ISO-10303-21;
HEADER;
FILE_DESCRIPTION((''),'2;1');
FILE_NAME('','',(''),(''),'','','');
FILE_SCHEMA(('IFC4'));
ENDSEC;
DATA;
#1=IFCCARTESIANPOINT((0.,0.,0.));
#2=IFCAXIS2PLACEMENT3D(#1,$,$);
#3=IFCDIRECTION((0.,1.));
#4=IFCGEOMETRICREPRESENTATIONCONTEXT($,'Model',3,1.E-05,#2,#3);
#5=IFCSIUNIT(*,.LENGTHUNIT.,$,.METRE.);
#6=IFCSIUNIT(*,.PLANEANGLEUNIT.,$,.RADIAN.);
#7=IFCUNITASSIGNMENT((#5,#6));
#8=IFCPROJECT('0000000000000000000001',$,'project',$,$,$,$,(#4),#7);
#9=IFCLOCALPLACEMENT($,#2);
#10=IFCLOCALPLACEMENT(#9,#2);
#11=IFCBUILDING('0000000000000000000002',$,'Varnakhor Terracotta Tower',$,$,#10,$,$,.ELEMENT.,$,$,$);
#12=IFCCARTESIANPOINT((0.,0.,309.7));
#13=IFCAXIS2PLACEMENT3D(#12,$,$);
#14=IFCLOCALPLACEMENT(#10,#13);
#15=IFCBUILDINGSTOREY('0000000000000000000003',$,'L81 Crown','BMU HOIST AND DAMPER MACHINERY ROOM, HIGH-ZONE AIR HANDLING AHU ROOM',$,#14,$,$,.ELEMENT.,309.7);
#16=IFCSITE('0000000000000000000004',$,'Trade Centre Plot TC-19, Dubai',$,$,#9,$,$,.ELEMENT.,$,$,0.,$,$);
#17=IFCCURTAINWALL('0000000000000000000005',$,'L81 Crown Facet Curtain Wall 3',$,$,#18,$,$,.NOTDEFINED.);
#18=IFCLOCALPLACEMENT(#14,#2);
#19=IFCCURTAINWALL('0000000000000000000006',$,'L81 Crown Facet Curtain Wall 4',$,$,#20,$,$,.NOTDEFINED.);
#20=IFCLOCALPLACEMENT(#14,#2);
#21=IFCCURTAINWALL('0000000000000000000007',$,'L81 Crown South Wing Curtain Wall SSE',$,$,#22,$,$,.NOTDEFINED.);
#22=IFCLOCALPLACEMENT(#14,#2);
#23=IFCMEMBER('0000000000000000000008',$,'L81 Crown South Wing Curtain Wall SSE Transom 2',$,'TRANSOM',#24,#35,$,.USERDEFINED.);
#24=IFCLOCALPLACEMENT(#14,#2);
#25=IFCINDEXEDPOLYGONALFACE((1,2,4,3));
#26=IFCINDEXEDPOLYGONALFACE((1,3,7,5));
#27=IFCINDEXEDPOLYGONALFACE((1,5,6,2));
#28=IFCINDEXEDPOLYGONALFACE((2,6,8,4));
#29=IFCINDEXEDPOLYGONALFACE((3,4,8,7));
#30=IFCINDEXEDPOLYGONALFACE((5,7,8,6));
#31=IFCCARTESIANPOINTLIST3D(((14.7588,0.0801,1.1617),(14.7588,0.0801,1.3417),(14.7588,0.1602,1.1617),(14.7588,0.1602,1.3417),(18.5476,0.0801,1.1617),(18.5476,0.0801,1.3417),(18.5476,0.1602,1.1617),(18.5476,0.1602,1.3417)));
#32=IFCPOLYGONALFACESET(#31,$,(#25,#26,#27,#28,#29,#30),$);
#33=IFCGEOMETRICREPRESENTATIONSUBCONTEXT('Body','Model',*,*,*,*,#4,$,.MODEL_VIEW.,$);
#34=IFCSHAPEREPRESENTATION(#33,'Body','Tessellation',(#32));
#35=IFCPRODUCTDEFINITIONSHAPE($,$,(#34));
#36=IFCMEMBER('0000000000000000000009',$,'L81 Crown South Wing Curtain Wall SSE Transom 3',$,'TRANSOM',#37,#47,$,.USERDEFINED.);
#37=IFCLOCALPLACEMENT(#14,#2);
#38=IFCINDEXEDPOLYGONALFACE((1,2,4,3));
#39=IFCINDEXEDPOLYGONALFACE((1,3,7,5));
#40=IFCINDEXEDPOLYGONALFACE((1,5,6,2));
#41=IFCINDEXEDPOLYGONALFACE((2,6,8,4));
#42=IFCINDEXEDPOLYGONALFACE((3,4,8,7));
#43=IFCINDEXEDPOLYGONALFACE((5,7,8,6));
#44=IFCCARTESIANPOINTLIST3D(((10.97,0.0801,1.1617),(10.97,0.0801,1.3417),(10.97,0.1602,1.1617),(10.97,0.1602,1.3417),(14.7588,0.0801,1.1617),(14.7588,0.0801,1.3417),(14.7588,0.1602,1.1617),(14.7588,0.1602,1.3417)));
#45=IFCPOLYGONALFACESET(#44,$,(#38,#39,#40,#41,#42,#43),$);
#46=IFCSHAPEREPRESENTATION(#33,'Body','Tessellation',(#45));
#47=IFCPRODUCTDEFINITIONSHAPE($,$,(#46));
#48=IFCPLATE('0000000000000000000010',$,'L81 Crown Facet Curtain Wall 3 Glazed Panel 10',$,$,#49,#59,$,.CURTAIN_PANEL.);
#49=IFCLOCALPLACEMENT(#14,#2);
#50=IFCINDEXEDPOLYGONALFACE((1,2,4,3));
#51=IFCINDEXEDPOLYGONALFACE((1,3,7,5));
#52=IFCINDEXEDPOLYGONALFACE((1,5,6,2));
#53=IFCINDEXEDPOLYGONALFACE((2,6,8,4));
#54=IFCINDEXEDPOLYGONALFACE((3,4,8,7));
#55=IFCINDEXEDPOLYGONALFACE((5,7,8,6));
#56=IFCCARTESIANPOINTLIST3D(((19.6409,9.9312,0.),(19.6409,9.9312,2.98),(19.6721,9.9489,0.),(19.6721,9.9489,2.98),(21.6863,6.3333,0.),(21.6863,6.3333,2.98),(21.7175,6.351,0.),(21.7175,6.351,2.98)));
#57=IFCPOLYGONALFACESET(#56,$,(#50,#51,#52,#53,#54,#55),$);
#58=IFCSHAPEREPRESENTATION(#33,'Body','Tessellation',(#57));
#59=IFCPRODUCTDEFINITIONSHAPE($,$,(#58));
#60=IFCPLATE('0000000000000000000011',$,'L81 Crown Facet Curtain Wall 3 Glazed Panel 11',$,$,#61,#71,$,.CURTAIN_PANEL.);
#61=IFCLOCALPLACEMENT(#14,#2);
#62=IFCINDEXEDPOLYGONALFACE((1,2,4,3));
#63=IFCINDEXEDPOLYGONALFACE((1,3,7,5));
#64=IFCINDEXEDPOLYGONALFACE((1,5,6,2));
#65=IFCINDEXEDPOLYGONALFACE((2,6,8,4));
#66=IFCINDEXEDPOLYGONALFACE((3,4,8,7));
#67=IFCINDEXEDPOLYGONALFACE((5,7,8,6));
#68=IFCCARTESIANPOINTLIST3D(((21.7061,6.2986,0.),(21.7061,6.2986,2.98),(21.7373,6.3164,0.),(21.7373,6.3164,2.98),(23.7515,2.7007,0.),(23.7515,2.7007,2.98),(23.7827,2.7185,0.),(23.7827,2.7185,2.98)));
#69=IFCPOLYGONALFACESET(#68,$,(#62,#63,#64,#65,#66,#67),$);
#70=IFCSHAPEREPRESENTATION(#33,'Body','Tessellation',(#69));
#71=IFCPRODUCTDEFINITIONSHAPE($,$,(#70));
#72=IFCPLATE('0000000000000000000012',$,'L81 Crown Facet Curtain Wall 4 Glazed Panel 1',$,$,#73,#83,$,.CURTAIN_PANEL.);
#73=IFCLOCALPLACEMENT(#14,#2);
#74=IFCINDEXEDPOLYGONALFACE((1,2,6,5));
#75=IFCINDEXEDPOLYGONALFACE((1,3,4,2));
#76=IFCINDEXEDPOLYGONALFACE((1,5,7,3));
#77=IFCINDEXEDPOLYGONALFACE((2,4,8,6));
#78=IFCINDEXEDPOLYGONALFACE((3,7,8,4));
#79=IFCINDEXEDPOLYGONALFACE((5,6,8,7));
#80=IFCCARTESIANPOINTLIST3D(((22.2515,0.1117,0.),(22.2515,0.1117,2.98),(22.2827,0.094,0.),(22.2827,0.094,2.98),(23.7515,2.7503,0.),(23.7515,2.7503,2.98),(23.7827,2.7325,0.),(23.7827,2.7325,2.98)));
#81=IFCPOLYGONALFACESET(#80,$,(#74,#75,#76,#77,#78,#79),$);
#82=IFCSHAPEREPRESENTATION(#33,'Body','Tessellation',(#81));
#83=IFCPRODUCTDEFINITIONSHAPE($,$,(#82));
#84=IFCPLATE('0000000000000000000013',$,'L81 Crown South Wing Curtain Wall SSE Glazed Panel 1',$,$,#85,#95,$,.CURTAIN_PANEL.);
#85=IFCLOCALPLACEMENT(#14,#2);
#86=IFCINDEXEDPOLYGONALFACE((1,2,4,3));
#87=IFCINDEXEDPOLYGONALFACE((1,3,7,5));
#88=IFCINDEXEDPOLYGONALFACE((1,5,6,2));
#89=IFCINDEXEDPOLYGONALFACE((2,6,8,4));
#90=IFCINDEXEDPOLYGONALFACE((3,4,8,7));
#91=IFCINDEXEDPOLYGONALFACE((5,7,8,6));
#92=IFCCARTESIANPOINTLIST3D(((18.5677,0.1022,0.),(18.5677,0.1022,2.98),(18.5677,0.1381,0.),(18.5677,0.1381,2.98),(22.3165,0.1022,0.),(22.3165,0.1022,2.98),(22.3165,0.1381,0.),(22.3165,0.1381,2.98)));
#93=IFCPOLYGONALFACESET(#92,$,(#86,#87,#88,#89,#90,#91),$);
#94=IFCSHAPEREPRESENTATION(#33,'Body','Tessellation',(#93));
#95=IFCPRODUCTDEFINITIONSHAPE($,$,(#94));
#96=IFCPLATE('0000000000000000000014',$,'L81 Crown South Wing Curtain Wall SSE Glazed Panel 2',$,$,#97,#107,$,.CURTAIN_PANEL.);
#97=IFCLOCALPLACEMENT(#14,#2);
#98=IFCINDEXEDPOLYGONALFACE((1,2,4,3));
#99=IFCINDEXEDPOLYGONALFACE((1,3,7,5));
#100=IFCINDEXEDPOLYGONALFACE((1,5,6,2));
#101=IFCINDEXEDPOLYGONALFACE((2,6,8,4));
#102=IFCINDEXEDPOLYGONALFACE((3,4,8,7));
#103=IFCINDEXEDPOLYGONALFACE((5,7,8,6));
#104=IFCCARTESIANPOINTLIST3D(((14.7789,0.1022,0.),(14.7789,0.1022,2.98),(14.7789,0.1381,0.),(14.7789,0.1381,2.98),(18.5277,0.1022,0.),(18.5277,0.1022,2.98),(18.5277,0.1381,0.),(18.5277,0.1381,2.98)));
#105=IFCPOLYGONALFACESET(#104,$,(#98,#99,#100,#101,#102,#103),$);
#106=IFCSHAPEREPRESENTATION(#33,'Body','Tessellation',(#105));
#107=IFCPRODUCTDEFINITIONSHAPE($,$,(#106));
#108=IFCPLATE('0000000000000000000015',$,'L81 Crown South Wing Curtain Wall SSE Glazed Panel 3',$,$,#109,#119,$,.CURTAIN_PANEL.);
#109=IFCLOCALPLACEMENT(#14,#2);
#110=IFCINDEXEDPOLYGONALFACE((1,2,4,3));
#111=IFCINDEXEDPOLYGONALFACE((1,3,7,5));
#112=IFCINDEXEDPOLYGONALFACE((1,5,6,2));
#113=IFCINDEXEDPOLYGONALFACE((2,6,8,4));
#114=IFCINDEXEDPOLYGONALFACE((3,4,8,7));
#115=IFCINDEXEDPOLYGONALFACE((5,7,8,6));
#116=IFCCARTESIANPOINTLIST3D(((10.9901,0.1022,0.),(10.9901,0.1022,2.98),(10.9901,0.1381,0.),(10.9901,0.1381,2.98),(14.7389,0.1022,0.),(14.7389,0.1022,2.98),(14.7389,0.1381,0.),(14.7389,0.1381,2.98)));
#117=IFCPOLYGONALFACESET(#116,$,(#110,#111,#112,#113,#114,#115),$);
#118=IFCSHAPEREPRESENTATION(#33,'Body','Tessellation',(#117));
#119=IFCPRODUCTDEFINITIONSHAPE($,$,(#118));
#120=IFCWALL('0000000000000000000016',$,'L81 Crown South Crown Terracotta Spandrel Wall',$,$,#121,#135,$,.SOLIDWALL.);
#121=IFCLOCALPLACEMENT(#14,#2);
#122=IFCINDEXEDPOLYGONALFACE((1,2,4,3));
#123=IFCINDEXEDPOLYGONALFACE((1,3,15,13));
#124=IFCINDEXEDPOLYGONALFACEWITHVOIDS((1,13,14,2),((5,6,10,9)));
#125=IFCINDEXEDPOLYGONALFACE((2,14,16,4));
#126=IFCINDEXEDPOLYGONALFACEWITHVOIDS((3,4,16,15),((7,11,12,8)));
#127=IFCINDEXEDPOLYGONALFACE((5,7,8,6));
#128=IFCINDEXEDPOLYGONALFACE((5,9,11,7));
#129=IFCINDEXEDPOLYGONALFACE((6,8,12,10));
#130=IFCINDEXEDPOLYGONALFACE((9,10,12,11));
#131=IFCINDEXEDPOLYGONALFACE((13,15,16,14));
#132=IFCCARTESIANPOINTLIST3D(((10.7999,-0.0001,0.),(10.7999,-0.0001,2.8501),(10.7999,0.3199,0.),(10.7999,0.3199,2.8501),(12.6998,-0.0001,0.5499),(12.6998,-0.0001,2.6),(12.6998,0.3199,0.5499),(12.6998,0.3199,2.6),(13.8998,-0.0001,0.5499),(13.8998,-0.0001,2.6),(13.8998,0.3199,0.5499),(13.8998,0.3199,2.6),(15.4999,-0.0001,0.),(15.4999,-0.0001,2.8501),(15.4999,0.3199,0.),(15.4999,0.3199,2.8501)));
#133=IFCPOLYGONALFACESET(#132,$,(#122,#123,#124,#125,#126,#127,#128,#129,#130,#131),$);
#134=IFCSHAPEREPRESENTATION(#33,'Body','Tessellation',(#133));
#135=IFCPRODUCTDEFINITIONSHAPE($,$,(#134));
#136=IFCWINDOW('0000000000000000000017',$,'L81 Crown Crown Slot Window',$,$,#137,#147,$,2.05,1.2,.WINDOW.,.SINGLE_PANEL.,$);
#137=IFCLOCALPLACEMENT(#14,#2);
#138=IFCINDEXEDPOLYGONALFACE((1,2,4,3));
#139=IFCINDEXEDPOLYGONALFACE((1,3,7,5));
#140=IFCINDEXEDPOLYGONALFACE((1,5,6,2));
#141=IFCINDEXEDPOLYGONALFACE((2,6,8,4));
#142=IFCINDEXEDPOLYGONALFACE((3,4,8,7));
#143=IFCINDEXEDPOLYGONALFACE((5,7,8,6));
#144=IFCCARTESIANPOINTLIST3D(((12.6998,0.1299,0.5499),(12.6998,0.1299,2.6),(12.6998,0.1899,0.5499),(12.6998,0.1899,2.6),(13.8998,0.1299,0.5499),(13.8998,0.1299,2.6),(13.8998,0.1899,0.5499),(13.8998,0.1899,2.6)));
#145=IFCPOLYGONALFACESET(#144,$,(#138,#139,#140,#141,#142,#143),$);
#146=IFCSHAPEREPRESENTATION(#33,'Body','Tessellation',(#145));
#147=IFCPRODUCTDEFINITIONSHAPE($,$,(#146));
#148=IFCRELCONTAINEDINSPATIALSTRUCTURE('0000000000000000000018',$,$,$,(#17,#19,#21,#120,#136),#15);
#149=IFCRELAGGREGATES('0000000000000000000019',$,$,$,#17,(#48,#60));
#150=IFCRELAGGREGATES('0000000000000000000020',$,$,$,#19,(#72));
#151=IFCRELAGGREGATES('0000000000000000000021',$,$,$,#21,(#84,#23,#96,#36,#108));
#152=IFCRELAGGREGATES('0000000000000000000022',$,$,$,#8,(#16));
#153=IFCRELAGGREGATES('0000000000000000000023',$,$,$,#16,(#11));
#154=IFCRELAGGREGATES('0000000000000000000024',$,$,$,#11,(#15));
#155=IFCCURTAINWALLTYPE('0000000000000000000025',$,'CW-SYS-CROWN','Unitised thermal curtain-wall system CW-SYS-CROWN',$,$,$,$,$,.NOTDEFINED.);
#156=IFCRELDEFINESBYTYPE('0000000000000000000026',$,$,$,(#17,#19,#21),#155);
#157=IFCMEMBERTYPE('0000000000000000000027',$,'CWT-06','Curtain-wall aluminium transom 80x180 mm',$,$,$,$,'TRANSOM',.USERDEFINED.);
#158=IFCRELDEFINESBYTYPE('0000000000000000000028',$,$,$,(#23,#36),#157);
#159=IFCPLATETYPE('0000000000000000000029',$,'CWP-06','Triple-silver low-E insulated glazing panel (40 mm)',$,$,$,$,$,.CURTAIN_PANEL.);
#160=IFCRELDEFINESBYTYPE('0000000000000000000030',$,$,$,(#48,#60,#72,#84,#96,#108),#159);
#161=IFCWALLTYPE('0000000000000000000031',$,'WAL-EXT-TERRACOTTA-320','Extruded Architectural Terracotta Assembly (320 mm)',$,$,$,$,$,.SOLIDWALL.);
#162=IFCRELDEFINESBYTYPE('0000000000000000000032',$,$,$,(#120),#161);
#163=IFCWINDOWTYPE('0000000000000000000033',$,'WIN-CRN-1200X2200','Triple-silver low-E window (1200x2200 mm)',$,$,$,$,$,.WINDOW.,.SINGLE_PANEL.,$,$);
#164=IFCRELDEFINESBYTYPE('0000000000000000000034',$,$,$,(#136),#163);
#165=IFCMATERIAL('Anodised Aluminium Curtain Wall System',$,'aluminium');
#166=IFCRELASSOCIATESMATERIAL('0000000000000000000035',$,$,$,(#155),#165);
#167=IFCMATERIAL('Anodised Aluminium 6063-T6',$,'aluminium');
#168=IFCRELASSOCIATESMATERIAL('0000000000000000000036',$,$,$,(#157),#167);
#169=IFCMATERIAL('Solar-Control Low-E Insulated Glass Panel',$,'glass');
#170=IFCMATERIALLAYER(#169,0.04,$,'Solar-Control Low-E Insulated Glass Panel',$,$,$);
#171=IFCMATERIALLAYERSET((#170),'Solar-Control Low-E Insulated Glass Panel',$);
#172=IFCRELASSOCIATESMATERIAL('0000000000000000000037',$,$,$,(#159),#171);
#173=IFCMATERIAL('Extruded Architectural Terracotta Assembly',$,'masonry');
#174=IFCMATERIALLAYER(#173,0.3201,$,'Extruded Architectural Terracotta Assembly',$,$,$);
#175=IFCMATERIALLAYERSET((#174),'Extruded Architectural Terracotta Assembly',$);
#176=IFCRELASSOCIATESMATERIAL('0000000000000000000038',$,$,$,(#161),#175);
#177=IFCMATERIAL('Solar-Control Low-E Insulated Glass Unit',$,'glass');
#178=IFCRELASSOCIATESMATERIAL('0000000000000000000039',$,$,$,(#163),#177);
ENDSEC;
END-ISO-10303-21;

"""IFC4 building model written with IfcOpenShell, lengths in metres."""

from ifc_helpers import new_model, si_unit, direction, frame, frame_2d, origin, origin_2d, place, context, subcontext, project, spatial, rectangle, extrude, source, transform, mapped, material, layer, layer_set, material_profile, profile_set, type_object, type_shapes, element, fill, aggregate, save


model = new_model("IFC4")

# Units and contexts
model_context = context("Model", 3, precision=1e-05, world=origin(), true_north=direction((0.0, 1.0)))
body_context = subcontext(model_context, "Body", "Model", "MODEL_VIEW")
ifc_project = project(units=[si_unit("LENGTHUNIT", "METRE"), si_unit("PLANEANGLEUNIT", "RADIAN")], contexts=[model_context])

# Site, building, storey
site_placement = place(None, origin())
site = spatial("IfcSite", under=ifc_project, at=site_placement, Name="Trade Centre Plot TC-19, Dubai", CompositionType="ELEMENT", RefElevation=0.0)
building_placement = place(site_placement, origin())
building = spatial("IfcBuilding", under=site, at=building_placement, Name="Varnakhor Terracotta Tower", CompositionType="ELEMENT")
storey_placement = place(building_placement, frame((0.0, 0.0, 309.7)))
storey = spatial("IfcBuildingStorey", under=building, at=storey_placement, Name="L81 Crown", Description="BMU HOIST AND DAMPER MACHINERY ROOM, HIGH-ZONE AIR HANDLING AHU ROOM", CompositionType="ELEMENT", Elevation=309.7)

# Curtain wall
ifc_material_1 = material(Name="Anodised Aluminium Curtain Wall System", Category="aluminium")
curtain_wall_type = type_object("IfcCurtainWallType", Name="CW-SYS-CROWN", Description="Unitised thermal curtain-wall system CW-SYS-CROWN", PredefinedType="NOTDEFINED", material=ifc_material_1)
curtain_wall_1_placement = place(storey_placement, origin())
curtain_wall_1 = element("IfcCurtainWall", 1, at=curtain_wall_1_placement, inside=storey, type_object=curtain_wall_type, Name="L81 Crown Facet Curtain Wall 3", PredefinedType="NOTDEFINED")
ifc_material_2 = material(Name="Anodised Aluminium 6063-T6", Category="aluminium")

# Curtain wall
curtain_wall_2_placement = place(storey_placement, origin())
curtain_wall_2 = element("IfcCurtainWall", 2, at=curtain_wall_2_placement, inside=storey, type_object=curtain_wall_type, Name="L81 Crown Facet Curtain Wall 4", PredefinedType="NOTDEFINED")

# Curtain wall
curtain_wall_3_placement = place(storey_placement, origin())
curtain_wall_3 = element("IfcCurtainWall", 3, at=curtain_wall_3_placement, inside=storey, type_object=curtain_wall_type, Name="L81 Crown South Wing Curtain Wall SSE", PredefinedType="NOTDEFINED")

# Members
ifc_material_profile_1 = material_profile(ifc_material_2, rectangle(XDim=0.0801, YDim=0.1799, at=origin_2d()), Name="ALU TRANSOM 80x180")
ifc_profile_set_1 = profile_set([ifc_material_profile_1], Name="Anodised Aluminium 6063-T6")
member_type_1 = type_object("IfcMemberType", Name="CWT-06", Description="Curtain-wall aluminium transom 80x180 mm", ElementType="TRANSOM", PredefinedType="USERDEFINED", material=ifc_profile_set_1)
shared_shape_1 = source(origin(), body_context, "Body", "SweptSolid", [
    extrude(rectangle(XDim=0.0801, YDim=0.1799, at=origin_2d()), origin(), (0.0, 0.0, 1.0), 3.7888),
])
member_1_placement = place(storey_placement, frame((18.5476, 0.1201, 1.2517), z_axis=(-1.0, 0.0, 0.0), x_axis=(0.0, -1.0, 0.0)))
member_1 = element("IfcMember", 4, at=member_1_placement, type_object=member_type_1, Name="L81 Crown South Wing Curtain Wall SSE Transom 2", ObjectType="TRANSOM", PredefinedType="USERDEFINED", context=body_context, shape_type="MappedRepresentation", body=[
    mapped(shared_shape_1, transform((0.0, 0.0, 0.0), scale=1.0)),
])
member_2_placement = place(storey_placement, frame((14.7588, 0.1201, 1.2517), z_axis=(-1.0, 0.0, 0.0), x_axis=(0.0, -1.0, 0.0)))
member_2 = element("IfcMember", 5, at=member_2_placement, type_object=member_type_1, Name="L81 Crown South Wing Curtain Wall SSE Transom 3", ObjectType="TRANSOM", PredefinedType="USERDEFINED", context=body_context, shape_type="MappedRepresentation", body=[
    mapped(shared_shape_1, transform((0.0, 0.0, 0.0), scale=1.0)),
])

# Plates
ifc_material_3 = material(Name="Solar-Control Low-E Insulated Glass Panel", Category="glass")
ifc_layer_1 = layer(ifc_material_3, 0.04, Name="Solar-Control Low-E Insulated Glass Panel")
ifc_layer_set_1 = layer_set([ifc_layer_1], Name="Solar-Control Low-E Insulated Glass Panel")
plate_type = type_object("IfcPlateType", Name="CWP-06", Description="Triple-silver low-E insulated glazing panel (40 mm)", PredefinedType="CURTAIN_PANEL", material=ifc_layer_set_1)
shared_shape_2 = source(origin(), body_context, "Body", "SweptSolid", [
    extrude(rectangle(XDim=4.1387, YDim=0.0359, at=origin_2d()), origin(), (0.0, 0.0, 1.0), 2.98),
])
plate_1_placement = place(storey_placement, frame((20.6792, 8.1411, 0.0), z_axis=(0.0, 0.0, 1.0), x_axis=(0.494215, -0.86934, 0.0)))
plate_1 = element("IfcPlate", 6, at=plate_1_placement, type_object=plate_type, Name="L81 Crown Facet Curtain Wall 3 Glazed Panel 10", PredefinedType="CURTAIN_PANEL", context=body_context, shape_type="MappedRepresentation", body=[
    mapped(shared_shape_2, transform((0.0, 0.0, 0.0), scale=1.0)),
])
plate_2_placement = place(storey_placement, frame((22.7444, 4.5085, 0.0), z_axis=(0.0, 0.0, 1.0), x_axis=(0.494215, -0.86934, 0.0)))
plate_2 = element("IfcPlate", 7, at=plate_2_placement, type_object=plate_type, Name="L81 Crown Facet Curtain Wall 3 Glazed Panel 11", PredefinedType="CURTAIN_PANEL", context=body_context, shape_type="MappedRepresentation", body=[
    mapped(shared_shape_2, transform((0.0, 0.0, 0.0), scale=1.0)),
])
aggregate(curtain_wall_1, [plate_1, plate_2])
shared_shape_3 = source(origin(), body_context, "Body", "SweptSolid", [
    extrude(rectangle(XDim=3.0352, YDim=0.0359, at=origin_2d()), origin(), (0.0, 0.0, 1.0), 2.98),
])
plate_3_placement = place(storey_placement, frame((23.0171, 1.4221, 0.0), z_axis=(0.0, 0.0, 1.0), x_axis=(-0.49423, -0.869331, 0.0)))
plate_3 = element("IfcPlate", 8, at=plate_3_placement, type_object=plate_type, Name="L81 Crown Facet Curtain Wall 4 Glazed Panel 1", PredefinedType="CURTAIN_PANEL", context=body_context, shape_type="MappedRepresentation", body=[
    mapped(shared_shape_3, transform((0.0, 0.0, 0.0), scale=1.0)),
])
aggregate(curtain_wall_2, [plate_3])
shared_shape_4 = source(origin(), body_context, "Body", "SweptSolid", [
    extrude(rectangle(XDim=3.7488, YDim=0.0359, at=origin_2d()), origin(), (0.0, 0.0, 1.0), 2.98),
])
plate_4_placement = place(storey_placement, frame((20.4421, 0.1201, 0.0), z_axis=(0.0, 0.0, 1.0), x_axis=(-1.0, 0.0, 0.0)))
plate_4 = element("IfcPlate", 9, at=plate_4_placement, type_object=plate_type, Name="L81 Crown South Wing Curtain Wall SSE Glazed Panel 1", PredefinedType="CURTAIN_PANEL", context=body_context, shape_type="MappedRepresentation", body=[
    mapped(shared_shape_4, transform((0.0, 0.0, 0.0), scale=1.0)),
])
plate_5_placement = place(storey_placement, frame((16.6533, 0.1201, 0.0), z_axis=(0.0, 0.0, 1.0), x_axis=(-1.0, 0.0, 0.0)))
plate_5 = element("IfcPlate", 10, at=plate_5_placement, type_object=plate_type, Name="L81 Crown South Wing Curtain Wall SSE Glazed Panel 2", PredefinedType="CURTAIN_PANEL", context=body_context, shape_type="MappedRepresentation", body=[
    mapped(shared_shape_4, transform((0.0, 0.0, 0.0), scale=1.0)),
])
plate_6_placement = place(storey_placement, frame((12.8645, 0.1201, 0.0), z_axis=(0.0, 0.0, 1.0), x_axis=(-1.0, 0.0, 0.0)))
plate_6 = element("IfcPlate", 11, at=plate_6_placement, type_object=plate_type, Name="L81 Crown South Wing Curtain Wall SSE Glazed Panel 3", PredefinedType="CURTAIN_PANEL", context=body_context, shape_type="MappedRepresentation", body=[
    mapped(shared_shape_4, transform((0.0, 0.0, 0.0), scale=1.0)),
])
aggregate(curtain_wall_3, [plate_4, member_1, plate_5, member_2, plate_6])

# Wall, opening, window
ifc_material_4 = material(Name="Extruded Architectural Terracotta Assembly", Category="masonry")
ifc_layer_2 = layer(ifc_material_4, 0.3201, Name="Extruded Architectural Terracotta Assembly")
ifc_layer_set_2 = layer_set([ifc_layer_2], Name="Extruded Architectural Terracotta Assembly")
wall_type = type_object("IfcWallType", Name="WAL-EXT-TERRACOTTA-320", Description="Extruded Architectural Terracotta Assembly (320 mm)", PredefinedType="SOLIDWALL", material=ifc_layer_set_2)
wall_placement = place(storey_placement, frame((15.5, 0.1599, 0.0), z_axis=(0.0, 0.0, 1.0), x_axis=(-1.0, 0.0, 0.0)))
wall = element("IfcWall", 12, at=wall_placement, inside=storey, type_object=wall_type, Name="L81 Crown South Crown Terracotta Spandrel Wall", PredefinedType="SOLIDWALL", context=body_context, shape_type="SweptSolid", body=[
    extrude(rectangle(XDim=4.7, YDim=0.3201, at=frame_2d((2.3501, 0.0))), origin(), (0.0, 0.0, 1.0), 2.8501),
])
opening_placement = place(wall_placement, frame((1.6001, 0.0, 0.55)))
opening = element("IfcOpeningElement", 13, at=opening_placement, cuts=wall, PredefinedType="OPENING", context=body_context, shape_type="SweptSolid", body=[
    extrude(rectangle(XDim=1.2, YDim=2.05, at=frame_2d((0.6001, 1.0249))), frame((0.0, 0.1699, 0.0), z_axis=(0.0, -1.0, 0.0), x_axis=(1.0, 0.0, 0.0)), (0.0, 0.0, 1.0), 0.3401),
])
ifc_material_5 = material(Name="Solar-Control Low-E Insulated Glass Unit", Category="glass")
window_type = type_object("IfcWindowType", Name="WIN-CRN-1200X2200", Description="Triple-silver low-E window (1200x2200 mm)", PartitioningType="SINGLE_PANEL", PredefinedType="WINDOW", material=ifc_material_5)
shared_shape_5 = source(origin(), body_context, "Body", "SweptSolid", [
    extrude(rectangle(XDim=1.2, YDim=2.05, at=frame_2d((0.6001, 1.0249))), frame((0.0, 0.03, 0.0), z_axis=(0.0, -1.0, 0.0), x_axis=(1.0, 0.0, 0.0)), (0.0, 0.0, 1.0), 0.0601),
])
type_shapes(window_type, [shared_shape_5])
window_placement = place(opening_placement, origin())
window = element("IfcWindow", 14, at=window_placement, inside=storey, type_object=window_type, Name="L81 Crown Crown Slot Window", OverallHeight=2.05, OverallWidth=1.2, PartitioningType="SINGLE_PANEL", PredefinedType="WINDOW", context=body_context, shape_type="MappedRepresentation", body=[
    mapped(shared_shape_5, transform((0.0, 0.0, 0.0), scale=1.0)),
])
fill(opening, window)

save(model, "model.ifc")
